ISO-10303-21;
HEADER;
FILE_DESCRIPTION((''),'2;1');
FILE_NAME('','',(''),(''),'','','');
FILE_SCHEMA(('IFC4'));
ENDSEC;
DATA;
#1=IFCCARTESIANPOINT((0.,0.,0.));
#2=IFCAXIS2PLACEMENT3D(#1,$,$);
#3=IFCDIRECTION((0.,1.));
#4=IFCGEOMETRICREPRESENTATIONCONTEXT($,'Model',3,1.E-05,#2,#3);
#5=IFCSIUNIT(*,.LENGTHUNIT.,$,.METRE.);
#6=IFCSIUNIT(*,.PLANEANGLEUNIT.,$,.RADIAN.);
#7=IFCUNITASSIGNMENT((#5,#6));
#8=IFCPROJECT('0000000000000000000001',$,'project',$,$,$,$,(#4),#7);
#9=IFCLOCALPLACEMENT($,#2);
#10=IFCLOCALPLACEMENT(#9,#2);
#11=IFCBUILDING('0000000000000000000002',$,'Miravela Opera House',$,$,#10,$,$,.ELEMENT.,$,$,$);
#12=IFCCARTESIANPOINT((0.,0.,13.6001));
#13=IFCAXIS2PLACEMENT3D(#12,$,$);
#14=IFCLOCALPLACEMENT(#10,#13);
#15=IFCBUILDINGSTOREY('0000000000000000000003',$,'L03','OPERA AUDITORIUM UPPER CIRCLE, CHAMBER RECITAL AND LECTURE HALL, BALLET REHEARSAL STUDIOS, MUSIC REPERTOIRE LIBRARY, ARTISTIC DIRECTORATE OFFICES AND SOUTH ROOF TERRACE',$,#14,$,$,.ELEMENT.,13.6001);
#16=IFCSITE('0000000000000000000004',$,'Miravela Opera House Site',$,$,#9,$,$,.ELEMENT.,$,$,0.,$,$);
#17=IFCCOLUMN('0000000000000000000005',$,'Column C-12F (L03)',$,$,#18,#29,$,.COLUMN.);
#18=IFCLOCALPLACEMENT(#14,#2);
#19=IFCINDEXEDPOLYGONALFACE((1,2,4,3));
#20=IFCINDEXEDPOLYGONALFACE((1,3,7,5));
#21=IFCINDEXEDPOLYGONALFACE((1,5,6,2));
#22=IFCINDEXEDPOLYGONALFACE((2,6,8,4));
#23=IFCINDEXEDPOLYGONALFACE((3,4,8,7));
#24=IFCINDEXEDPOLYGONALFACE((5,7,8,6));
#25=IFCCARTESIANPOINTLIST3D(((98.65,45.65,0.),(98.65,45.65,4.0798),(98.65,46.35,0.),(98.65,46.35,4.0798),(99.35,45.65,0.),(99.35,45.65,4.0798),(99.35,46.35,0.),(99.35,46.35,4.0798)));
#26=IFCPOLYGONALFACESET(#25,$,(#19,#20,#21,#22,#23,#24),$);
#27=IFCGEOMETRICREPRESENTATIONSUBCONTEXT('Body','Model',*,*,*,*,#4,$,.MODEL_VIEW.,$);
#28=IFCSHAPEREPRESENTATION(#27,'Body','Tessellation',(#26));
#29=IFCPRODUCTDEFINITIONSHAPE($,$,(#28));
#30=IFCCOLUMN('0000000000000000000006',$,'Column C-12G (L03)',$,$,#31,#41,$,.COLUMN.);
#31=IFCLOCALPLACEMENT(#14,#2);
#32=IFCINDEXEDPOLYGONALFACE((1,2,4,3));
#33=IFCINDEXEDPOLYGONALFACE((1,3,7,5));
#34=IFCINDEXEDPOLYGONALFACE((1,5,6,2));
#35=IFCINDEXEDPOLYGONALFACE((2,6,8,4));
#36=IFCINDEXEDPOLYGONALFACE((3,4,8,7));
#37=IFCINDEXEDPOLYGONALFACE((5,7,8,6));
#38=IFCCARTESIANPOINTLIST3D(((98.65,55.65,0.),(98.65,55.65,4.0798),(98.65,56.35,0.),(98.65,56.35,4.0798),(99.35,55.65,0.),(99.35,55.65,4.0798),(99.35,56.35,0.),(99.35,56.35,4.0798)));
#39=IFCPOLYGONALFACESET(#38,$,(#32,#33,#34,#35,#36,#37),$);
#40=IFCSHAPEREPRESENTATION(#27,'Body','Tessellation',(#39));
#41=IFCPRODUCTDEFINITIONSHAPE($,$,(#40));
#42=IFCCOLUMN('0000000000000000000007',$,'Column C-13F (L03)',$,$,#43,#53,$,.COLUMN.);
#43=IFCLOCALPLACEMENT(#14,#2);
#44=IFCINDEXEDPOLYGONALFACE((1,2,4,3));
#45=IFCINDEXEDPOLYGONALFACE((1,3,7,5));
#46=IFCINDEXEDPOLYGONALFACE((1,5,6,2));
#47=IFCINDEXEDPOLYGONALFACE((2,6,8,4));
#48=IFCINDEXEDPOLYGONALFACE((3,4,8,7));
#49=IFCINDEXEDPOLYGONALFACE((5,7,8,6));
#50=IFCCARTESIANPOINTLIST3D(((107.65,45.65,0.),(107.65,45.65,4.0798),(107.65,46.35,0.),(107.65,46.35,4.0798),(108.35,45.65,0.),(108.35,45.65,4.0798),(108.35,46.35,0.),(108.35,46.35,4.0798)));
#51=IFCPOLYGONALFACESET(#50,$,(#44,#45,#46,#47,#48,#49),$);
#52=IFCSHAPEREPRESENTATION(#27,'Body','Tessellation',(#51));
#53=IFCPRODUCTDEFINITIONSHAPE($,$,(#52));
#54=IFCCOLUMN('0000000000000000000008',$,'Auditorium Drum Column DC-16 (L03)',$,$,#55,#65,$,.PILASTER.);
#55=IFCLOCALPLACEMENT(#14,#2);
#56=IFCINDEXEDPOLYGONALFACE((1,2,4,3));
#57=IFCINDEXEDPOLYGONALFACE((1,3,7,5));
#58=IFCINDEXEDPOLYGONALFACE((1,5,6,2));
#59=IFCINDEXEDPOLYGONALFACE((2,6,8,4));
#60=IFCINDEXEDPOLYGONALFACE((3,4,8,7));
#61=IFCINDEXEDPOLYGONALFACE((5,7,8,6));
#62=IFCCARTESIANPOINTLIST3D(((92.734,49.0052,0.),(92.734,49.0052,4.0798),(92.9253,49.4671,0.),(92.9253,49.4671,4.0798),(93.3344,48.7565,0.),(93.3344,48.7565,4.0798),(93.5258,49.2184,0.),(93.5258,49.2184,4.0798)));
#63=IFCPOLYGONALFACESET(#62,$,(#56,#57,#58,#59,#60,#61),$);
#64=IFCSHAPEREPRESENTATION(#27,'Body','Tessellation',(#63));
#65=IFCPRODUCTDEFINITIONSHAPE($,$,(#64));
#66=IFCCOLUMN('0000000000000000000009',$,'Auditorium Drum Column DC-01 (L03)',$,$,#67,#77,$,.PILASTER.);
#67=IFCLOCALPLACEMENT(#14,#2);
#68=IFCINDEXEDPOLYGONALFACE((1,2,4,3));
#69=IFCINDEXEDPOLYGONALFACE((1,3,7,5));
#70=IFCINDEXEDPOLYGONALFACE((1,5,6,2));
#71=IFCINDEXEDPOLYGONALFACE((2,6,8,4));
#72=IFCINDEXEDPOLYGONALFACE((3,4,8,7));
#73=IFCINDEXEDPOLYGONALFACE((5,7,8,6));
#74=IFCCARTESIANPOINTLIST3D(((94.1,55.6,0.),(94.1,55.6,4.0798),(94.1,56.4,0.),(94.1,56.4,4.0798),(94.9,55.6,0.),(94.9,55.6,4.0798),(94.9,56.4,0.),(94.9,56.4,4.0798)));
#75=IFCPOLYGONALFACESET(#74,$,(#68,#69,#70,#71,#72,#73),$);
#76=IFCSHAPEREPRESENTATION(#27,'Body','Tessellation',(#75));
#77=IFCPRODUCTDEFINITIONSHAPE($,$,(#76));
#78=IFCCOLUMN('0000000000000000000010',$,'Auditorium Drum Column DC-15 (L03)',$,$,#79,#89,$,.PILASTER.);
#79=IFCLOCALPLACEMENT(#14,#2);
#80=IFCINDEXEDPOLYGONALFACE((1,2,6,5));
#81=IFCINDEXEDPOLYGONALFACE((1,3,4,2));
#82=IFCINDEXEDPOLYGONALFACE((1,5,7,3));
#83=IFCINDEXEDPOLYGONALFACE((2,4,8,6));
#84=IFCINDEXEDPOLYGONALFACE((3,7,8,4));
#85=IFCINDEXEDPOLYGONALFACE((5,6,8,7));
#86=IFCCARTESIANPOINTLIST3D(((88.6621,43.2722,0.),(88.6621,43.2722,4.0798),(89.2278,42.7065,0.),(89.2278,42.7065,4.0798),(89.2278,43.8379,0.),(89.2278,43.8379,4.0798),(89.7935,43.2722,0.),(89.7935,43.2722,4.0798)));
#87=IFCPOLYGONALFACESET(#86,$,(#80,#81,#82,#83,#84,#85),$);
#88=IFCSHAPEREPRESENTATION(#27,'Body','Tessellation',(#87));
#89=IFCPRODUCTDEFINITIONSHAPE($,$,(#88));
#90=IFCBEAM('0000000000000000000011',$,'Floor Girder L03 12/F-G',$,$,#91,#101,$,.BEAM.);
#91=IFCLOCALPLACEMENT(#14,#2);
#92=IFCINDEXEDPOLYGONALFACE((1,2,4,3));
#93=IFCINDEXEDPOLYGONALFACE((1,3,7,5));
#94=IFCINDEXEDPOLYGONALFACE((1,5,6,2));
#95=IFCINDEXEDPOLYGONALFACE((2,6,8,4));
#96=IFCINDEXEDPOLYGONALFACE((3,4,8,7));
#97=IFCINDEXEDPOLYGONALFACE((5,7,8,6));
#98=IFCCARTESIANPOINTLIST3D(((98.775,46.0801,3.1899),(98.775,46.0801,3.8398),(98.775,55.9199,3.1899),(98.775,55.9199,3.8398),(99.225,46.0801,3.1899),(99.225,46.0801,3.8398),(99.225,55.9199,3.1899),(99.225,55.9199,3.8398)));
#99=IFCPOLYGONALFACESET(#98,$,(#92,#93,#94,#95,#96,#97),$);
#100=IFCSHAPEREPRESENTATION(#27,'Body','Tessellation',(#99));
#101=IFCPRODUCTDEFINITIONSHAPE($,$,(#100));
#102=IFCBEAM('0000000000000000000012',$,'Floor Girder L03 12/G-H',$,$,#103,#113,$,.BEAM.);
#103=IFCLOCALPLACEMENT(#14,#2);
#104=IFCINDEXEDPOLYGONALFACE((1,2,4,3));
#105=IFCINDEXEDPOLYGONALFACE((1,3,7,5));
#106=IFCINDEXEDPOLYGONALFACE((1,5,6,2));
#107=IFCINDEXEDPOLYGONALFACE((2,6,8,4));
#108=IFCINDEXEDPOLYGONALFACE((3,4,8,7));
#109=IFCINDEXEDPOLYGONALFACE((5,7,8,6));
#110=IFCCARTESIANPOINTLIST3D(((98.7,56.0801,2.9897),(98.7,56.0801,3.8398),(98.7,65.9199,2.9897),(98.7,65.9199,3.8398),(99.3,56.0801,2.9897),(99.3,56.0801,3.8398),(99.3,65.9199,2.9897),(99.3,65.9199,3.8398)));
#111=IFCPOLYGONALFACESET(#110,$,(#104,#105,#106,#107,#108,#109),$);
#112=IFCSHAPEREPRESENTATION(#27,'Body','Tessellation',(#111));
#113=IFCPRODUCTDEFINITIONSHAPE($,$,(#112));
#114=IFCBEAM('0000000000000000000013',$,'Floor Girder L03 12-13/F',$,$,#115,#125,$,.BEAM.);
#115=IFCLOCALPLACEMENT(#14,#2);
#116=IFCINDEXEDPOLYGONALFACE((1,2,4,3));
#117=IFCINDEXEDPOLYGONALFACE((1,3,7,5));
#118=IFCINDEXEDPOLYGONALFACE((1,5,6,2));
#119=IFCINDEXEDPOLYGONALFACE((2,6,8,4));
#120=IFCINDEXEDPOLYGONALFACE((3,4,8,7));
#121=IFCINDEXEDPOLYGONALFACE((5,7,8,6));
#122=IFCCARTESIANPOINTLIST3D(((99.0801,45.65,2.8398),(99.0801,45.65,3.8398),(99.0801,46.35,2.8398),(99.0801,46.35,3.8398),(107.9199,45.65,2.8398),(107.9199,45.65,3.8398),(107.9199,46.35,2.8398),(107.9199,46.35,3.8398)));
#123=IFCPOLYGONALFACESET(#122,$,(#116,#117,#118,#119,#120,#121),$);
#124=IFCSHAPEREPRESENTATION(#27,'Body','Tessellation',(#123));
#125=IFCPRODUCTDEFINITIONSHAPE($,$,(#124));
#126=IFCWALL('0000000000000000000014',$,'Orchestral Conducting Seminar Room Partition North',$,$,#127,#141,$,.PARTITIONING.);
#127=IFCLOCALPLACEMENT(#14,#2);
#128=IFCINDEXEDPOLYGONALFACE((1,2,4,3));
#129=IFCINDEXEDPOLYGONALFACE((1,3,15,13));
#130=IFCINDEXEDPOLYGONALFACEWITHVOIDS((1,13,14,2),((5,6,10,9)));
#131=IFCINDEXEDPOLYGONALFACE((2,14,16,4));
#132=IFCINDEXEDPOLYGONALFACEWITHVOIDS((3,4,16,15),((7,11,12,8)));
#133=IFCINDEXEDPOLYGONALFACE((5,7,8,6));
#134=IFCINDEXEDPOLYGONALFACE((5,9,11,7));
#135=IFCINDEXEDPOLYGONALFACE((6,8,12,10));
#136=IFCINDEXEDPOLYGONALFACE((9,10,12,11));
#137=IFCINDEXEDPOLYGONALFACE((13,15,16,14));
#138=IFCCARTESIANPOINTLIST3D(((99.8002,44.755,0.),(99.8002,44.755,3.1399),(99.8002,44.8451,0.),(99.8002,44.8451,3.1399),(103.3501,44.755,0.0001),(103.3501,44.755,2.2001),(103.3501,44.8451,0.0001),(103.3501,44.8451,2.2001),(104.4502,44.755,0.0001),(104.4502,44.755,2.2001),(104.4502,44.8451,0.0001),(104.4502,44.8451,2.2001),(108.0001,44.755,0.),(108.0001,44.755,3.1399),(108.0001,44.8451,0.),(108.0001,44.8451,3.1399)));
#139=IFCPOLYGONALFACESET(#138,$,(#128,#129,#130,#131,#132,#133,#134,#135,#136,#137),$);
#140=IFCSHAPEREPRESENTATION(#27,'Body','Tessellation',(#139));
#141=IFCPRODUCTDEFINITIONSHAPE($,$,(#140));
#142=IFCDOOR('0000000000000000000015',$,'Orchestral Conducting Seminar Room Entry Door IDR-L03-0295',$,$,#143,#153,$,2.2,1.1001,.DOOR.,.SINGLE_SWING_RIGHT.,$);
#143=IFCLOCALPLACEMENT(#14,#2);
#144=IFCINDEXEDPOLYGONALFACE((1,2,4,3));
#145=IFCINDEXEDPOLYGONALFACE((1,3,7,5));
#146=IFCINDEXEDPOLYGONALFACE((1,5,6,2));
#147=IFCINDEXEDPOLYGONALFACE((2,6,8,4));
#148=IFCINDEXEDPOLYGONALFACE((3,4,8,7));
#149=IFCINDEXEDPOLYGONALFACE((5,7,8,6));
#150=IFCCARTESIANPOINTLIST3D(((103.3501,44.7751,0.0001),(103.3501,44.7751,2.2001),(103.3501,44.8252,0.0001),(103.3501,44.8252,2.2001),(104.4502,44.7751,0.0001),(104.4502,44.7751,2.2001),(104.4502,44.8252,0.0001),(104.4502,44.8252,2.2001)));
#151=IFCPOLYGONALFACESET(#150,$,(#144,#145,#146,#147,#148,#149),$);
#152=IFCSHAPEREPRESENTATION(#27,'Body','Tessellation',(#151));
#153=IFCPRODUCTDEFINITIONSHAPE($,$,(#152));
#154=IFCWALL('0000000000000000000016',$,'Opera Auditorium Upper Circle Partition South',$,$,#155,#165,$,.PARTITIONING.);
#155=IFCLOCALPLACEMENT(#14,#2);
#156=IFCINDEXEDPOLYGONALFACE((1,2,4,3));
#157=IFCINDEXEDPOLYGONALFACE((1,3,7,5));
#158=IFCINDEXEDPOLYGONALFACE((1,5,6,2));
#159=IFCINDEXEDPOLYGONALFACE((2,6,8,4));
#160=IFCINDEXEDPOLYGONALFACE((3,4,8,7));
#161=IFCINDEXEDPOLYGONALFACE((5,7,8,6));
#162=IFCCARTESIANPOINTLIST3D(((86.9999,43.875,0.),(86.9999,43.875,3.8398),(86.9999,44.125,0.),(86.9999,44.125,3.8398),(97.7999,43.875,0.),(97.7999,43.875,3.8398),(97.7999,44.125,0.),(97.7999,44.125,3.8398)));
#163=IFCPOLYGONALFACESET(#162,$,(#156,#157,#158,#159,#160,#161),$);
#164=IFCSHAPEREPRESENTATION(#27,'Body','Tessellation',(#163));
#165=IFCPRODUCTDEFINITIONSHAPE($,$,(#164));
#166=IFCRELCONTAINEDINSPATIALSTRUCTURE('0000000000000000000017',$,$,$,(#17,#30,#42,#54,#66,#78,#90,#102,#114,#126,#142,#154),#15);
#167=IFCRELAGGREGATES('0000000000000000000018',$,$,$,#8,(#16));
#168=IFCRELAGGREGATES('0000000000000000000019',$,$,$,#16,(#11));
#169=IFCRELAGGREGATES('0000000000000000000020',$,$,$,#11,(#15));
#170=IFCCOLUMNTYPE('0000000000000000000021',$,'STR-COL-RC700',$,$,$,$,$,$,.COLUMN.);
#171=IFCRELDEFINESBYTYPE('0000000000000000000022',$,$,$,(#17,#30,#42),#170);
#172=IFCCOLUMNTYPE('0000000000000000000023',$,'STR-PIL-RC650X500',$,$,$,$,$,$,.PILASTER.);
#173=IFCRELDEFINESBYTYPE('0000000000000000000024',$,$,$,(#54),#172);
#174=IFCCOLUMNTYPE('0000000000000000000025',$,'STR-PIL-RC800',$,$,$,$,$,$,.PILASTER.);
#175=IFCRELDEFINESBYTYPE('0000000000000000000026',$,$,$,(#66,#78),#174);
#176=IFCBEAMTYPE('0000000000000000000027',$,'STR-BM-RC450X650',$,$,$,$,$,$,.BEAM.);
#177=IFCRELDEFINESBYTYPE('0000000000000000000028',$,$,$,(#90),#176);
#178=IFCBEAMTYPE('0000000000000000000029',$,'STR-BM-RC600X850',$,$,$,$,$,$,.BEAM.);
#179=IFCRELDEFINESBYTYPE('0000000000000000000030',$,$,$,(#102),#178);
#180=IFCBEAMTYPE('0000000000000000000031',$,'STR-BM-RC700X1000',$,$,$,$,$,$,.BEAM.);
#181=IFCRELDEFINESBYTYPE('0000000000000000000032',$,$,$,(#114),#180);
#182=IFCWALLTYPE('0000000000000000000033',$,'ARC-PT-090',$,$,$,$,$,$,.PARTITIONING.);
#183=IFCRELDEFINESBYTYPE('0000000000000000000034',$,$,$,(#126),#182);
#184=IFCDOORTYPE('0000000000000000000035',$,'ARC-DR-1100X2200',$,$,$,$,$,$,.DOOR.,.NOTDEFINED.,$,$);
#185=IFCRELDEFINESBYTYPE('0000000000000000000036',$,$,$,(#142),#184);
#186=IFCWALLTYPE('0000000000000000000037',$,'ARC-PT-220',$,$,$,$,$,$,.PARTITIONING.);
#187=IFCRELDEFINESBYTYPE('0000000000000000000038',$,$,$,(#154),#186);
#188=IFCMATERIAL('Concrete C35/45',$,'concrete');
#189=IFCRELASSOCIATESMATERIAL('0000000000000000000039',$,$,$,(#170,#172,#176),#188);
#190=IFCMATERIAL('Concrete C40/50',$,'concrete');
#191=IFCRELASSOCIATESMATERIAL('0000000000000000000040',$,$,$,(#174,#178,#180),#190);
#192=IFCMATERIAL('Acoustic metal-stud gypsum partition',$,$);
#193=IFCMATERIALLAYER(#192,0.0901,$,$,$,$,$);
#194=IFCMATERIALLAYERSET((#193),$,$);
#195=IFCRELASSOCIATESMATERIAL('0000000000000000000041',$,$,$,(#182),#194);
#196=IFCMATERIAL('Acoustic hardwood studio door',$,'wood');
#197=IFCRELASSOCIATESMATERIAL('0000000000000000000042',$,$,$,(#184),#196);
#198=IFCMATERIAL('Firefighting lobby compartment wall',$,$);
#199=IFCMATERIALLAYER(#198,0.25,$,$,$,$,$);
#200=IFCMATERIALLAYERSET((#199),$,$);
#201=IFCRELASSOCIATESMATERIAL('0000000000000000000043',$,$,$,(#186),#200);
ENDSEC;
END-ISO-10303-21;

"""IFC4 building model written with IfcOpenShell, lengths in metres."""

from ifc_helpers import new_model, si_unit, direction, frame, frame_2d, origin, origin_2d, place, context, subcontext, project, spatial, rectangle, extrude, material, layer, layer_set, material_profile, profile_set, type_object, element, fill, save


model = new_model("IFC4")

# Units and contexts
model_context = context("Model", 3, precision=1e-05, world=origin(), true_north=direction((0.0, 1.0)))
body_context = subcontext(model_context, "Body", "Model", "MODEL_VIEW")
ifc_project = project(units=[si_unit("LENGTHUNIT", "METRE"), si_unit("PLANEANGLEUNIT", "RADIAN")], contexts=[model_context])

# Site, building, storey
site_placement = place(None, origin())
site = spatial("IfcSite", under=ifc_project, at=site_placement, Name="Miravela Opera House Site", CompositionType="ELEMENT", RefElevation=0.0)
building_placement = place(site_placement, origin())
building = spatial("IfcBuilding", under=site, at=building_placement, Name="Miravela Opera House", CompositionType="ELEMENT")
storey_placement = place(building_placement, frame((0.0, 0.0, 13.6001)))
storey = spatial("IfcBuildingStorey", under=building, at=storey_placement, Name="L03", Description="OPERA AUDITORIUM UPPER CIRCLE, CHAMBER RECITAL AND LECTURE HALL, BALLET REHEARSAL STUDIOS, MUSIC REPERTOIRE LIBRARY, ARTISTIC DIRECTORATE OFFICES AND SOUTH ROOF TERRACE", CompositionType="ELEMENT", Elevation=13.6001)

# Columns
ifc_material_1 = material(Name="Concrete C35/45", Category="concrete")
ifc_material_profile_1 = material_profile(ifc_material_1, rectangle(XDim=0.7, YDim=0.7, at=origin_2d()), Name="RC-COL-700X700")
ifc_profile_set_1 = profile_set([ifc_material_profile_1])
column_type_1 = type_object("IfcColumnType", Name="STR-COL-RC700", PredefinedType="COLUMN", material=ifc_profile_set_1)
for number, where, z_axis, x_axis, name in (
    (1, (99.0, 46.0, 0.0), (0.0, 0.0, 1.0), (1.0, 0.0, 0.0), "Column C-12F (L03)"),
    (2, (99.0, 56.0, 0.0), (0.0, 0.0, 1.0), (1.0, 0.0, 0.0), "Column C-12G (L03)"),
    (3, (108.0, 46.0, 0.0), (0.0, 0.0, 1.0), (1.0, 0.0, 0.0), "Column C-13F (L03)"),
):
    element("IfcColumn", number, at=place(storey_placement, frame(where, z_axis=z_axis, x_axis=x_axis)), inside=storey, type_object=column_type_1, Name=name, PredefinedType="COLUMN", context=body_context, shape_type="SweptSolid", body=[
        extrude(rectangle(XDim=0.7, YDim=0.7, at=origin_2d()), origin(), (0.0, 0.0, 1.0), 4.0798),
    ])
ifc_material_profile_2 = material_profile(ifc_material_1, rectangle(XDim=0.6499, YDim=0.5, at=origin_2d()), Name="RC-PIL-650X500")
ifc_profile_set_2 = profile_set([ifc_material_profile_2])
column_type_2 = type_object("IfcColumnType", Name="STR-PIL-RC650X500", PredefinedType="PILASTER", material=ifc_profile_set_2)
column_placement = place(storey_placement, frame((93.1299, 49.1118, 0.0), z_axis=(0.0, 0.0, 1.0), x_axis=(0.92388, -0.382683, 0.0)))
element("IfcColumn", 4, at=column_placement, inside=storey, type_object=column_type_2, Name="Auditorium Drum Column DC-16 (L03)", PredefinedType="PILASTER", context=body_context, shape_type="SweptSolid", body=[
    extrude(rectangle(XDim=0.6499, YDim=0.5, at=origin_2d()), origin(), (0.0, 0.0, 1.0), 4.0798),
])
ifc_material_2 = material(Name="Concrete C40/50", Category="concrete")
ifc_material_profile_3 = material_profile(ifc_material_2, rectangle(XDim=0.8, YDim=0.8, at=origin_2d()), Name="RC-COL-800X800")
ifc_profile_set_3 = profile_set([ifc_material_profile_3])
column_type_3 = type_object("IfcColumnType", Name="STR-PIL-RC800", PredefinedType="PILASTER", material=ifc_profile_set_3)
for number, where, z_axis, x_axis, name in (
    (5, (94.5, 56.0, 0.0), (0.0, 0.0, 1.0), (1.0, 0.0, 0.0), "Auditorium Drum Column DC-01 (L03)"),
    (6, (89.2278, 43.2722, 0.0), (0.0, 0.0, 1.0), (0.707107, -0.707107, 0.0), "Auditorium Drum Column DC-15 (L03)"),
):
    element("IfcColumn", number, at=place(storey_placement, frame(where, z_axis=z_axis, x_axis=x_axis)), inside=storey, type_object=column_type_3, Name=name, PredefinedType="PILASTER", context=body_context, shape_type="SweptSolid", body=[
        extrude(rectangle(XDim=0.8, YDim=0.8, at=origin_2d()), origin(), (0.0, 0.0, 1.0), 4.0798),
    ])

# Beams
ifc_material_profile_4 = material_profile(ifc_material_1, rectangle(XDim=0.45, YDim=0.6499, at=origin_2d()), Name="RC-BM-450X650")
ifc_profile_set_4 = profile_set([ifc_material_profile_4])
beam_type_1 = type_object("IfcBeamType", Name="STR-BM-RC450X650", PredefinedType="BEAM", material=ifc_profile_set_4)
beam_1_placement = place(storey_placement, frame((99.0, 46.0801, 3.5149), z_axis=(0.0, 1.0, 0.0), x_axis=(-1.0, 0.0, 0.0)))
element("IfcBeam", 7, at=beam_1_placement, inside=storey, type_object=beam_type_1, Name="Floor Girder L03 12/F-G", PredefinedType="BEAM", context=body_context, shape_type="SweptSolid", body=[
    extrude(rectangle(XDim=0.45, YDim=0.6499, at=origin_2d()), origin(), (0.0, 0.0, 1.0), 9.8398),
])
ifc_material_profile_5 = material_profile(ifc_material_2, rectangle(XDim=0.6001, YDim=0.8501, at=origin_2d()), Name="RC-BM-600X850")
ifc_profile_set_5 = profile_set([ifc_material_profile_5])
beam_type_2 = type_object("IfcBeamType", Name="STR-BM-RC600X850", PredefinedType="BEAM", material=ifc_profile_set_5)
beam_2_placement = place(storey_placement, frame((99.0, 56.0801, 3.4148), z_axis=(0.0, 1.0, 0.0), x_axis=(-1.0, 0.0, 0.0)))
element("IfcBeam", 8, at=beam_2_placement, inside=storey, type_object=beam_type_2, Name="Floor Girder L03 12/G-H", PredefinedType="BEAM", context=body_context, shape_type="SweptSolid", body=[
    extrude(rectangle(XDim=0.6001, YDim=0.8501, at=origin_2d()), origin(), (0.0, 0.0, 1.0), 9.8398),
])
ifc_material_profile_6 = material_profile(ifc_material_2, rectangle(XDim=0.7, YDim=1.0, at=origin_2d()), Name="RC-BM-700X1000")
ifc_profile_set_6 = profile_set([ifc_material_profile_6])
beam_type_3 = type_object("IfcBeamType", Name="STR-BM-RC700X1000", PredefinedType="BEAM", material=ifc_profile_set_6)
beam_3_placement = place(storey_placement, frame((99.0801, 46.0, 3.3398), z_axis=(1.0, 0.0, 0.0), x_axis=(0.0, 1.0, 0.0)))
element("IfcBeam", 9, at=beam_3_placement, inside=storey, type_object=beam_type_3, Name="Floor Girder L03 12-13/F", PredefinedType="BEAM", context=body_context, shape_type="SweptSolid", body=[
    extrude(rectangle(XDim=0.7, YDim=1.0, at=origin_2d()), origin(), (0.0, 0.0, 1.0), 8.8398),
])

# Wall, opening, door
ifc_material_3 = material(Name="Acoustic metal-stud gypsum partition")
ifc_layer_1 = layer(ifc_material_3, 0.0901)
ifc_layer_set_1 = layer_set([ifc_layer_1])
wall_type_1 = type_object("IfcWallType", Name="ARC-PT-090", PredefinedType="PARTITIONING", material=ifc_layer_set_1)
wall_1_placement = place(storey_placement, frame((99.8, 44.8, 0.0), z_axis=(0.0, 0.0, 1.0), x_axis=(1.0, 0.0, 0.0)))
wall_1 = element("IfcWall", 10, at=wall_1_placement, inside=storey, type_object=wall_type_1, Name="Orchestral Conducting Seminar Room Partition North", PredefinedType="PARTITIONING", context=body_context, shape_type="SweptSolid", body=[
    extrude(rectangle(XDim=8.2, YDim=0.0901, at=frame_2d((4.1001, 0.0))), origin(), (0.0, 0.0, 1.0), 3.1399),
])
opening_1_placement = place(wall_1_placement, frame((3.55, 0.0, 0.0)))
opening_1 = element("IfcOpeningElement", 11, at=opening_1_placement, cuts=wall_1, PredefinedType="OPENING", context=body_context, shape_type="SweptSolid", body=[
    extrude(rectangle(XDim=1.1001, YDim=2.2, at=frame_2d((0.55, 1.1001))), frame((0.0, 0.0549, 0.0), z_axis=(0.0, -1.0, 0.0), x_axis=(1.0, 0.0, 0.0)), (0.0, 0.0, 1.0), 0.1101),
])
ifc_material_4 = material(Name="Acoustic hardwood studio door", Category="wood")
door_type_1 = type_object("IfcDoorType", Name="ARC-DR-1100X2200", OperationType="NOTDEFINED", PredefinedType="DOOR", material=ifc_material_4)
door_1_placement = place(opening_1_placement, frame((1.1001, 0.0, 0.0), z_axis=(0.0, 0.0, 1.0), x_axis=(-1.0, 0.0, 0.0)))
door_1 = element("IfcDoor", 12, at=door_1_placement, inside=storey, type_object=door_type_1, Name="Orchestral Conducting Seminar Room Entry Door IDR-L03-0295", OperationType="SINGLE_SWING_RIGHT", OverallHeight=2.2, OverallWidth=1.1001, PredefinedType="DOOR", context=body_context, shape_type="SweptSolid", body=[
    extrude(rectangle(XDim=1.1001, YDim=2.2, at=frame_2d((0.55, 1.1001))), frame((0.0, 0.0249, 0.0), z_axis=(0.0, -1.0, 0.0), x_axis=(1.0, 0.0, 0.0)), (0.0, 0.0, 1.0), 0.05),
])
fill(opening_1, door_1)

# Wall
ifc_material_5 = material(Name="Firefighting lobby compartment wall")
ifc_layer_2 = layer(ifc_material_5, 0.25)
ifc_layer_set_2 = layer_set([ifc_layer_2])
wall_type_2 = type_object("IfcWallType", Name="ARC-PT-220", PredefinedType="PARTITIONING", material=ifc_layer_set_2)
wall_2_placement = place(storey_placement, frame((87.0, 44.0, 0.0), z_axis=(0.0, 0.0, 1.0), x_axis=(1.0, 0.0, 0.0)))
element("IfcWall", 13, at=wall_2_placement, inside=storey, type_object=wall_type_2, Name="Opera Auditorium Upper Circle Partition South", PredefinedType="PARTITIONING", context=body_context, shape_type="SweptSolid", body=[
    extrude(rectangle(XDim=10.8, YDim=0.25, at=frame_2d((5.3999, 0.0))), origin(), (0.0, 0.0, 1.0), 3.8398),
])

save(model, "model.ifc")
